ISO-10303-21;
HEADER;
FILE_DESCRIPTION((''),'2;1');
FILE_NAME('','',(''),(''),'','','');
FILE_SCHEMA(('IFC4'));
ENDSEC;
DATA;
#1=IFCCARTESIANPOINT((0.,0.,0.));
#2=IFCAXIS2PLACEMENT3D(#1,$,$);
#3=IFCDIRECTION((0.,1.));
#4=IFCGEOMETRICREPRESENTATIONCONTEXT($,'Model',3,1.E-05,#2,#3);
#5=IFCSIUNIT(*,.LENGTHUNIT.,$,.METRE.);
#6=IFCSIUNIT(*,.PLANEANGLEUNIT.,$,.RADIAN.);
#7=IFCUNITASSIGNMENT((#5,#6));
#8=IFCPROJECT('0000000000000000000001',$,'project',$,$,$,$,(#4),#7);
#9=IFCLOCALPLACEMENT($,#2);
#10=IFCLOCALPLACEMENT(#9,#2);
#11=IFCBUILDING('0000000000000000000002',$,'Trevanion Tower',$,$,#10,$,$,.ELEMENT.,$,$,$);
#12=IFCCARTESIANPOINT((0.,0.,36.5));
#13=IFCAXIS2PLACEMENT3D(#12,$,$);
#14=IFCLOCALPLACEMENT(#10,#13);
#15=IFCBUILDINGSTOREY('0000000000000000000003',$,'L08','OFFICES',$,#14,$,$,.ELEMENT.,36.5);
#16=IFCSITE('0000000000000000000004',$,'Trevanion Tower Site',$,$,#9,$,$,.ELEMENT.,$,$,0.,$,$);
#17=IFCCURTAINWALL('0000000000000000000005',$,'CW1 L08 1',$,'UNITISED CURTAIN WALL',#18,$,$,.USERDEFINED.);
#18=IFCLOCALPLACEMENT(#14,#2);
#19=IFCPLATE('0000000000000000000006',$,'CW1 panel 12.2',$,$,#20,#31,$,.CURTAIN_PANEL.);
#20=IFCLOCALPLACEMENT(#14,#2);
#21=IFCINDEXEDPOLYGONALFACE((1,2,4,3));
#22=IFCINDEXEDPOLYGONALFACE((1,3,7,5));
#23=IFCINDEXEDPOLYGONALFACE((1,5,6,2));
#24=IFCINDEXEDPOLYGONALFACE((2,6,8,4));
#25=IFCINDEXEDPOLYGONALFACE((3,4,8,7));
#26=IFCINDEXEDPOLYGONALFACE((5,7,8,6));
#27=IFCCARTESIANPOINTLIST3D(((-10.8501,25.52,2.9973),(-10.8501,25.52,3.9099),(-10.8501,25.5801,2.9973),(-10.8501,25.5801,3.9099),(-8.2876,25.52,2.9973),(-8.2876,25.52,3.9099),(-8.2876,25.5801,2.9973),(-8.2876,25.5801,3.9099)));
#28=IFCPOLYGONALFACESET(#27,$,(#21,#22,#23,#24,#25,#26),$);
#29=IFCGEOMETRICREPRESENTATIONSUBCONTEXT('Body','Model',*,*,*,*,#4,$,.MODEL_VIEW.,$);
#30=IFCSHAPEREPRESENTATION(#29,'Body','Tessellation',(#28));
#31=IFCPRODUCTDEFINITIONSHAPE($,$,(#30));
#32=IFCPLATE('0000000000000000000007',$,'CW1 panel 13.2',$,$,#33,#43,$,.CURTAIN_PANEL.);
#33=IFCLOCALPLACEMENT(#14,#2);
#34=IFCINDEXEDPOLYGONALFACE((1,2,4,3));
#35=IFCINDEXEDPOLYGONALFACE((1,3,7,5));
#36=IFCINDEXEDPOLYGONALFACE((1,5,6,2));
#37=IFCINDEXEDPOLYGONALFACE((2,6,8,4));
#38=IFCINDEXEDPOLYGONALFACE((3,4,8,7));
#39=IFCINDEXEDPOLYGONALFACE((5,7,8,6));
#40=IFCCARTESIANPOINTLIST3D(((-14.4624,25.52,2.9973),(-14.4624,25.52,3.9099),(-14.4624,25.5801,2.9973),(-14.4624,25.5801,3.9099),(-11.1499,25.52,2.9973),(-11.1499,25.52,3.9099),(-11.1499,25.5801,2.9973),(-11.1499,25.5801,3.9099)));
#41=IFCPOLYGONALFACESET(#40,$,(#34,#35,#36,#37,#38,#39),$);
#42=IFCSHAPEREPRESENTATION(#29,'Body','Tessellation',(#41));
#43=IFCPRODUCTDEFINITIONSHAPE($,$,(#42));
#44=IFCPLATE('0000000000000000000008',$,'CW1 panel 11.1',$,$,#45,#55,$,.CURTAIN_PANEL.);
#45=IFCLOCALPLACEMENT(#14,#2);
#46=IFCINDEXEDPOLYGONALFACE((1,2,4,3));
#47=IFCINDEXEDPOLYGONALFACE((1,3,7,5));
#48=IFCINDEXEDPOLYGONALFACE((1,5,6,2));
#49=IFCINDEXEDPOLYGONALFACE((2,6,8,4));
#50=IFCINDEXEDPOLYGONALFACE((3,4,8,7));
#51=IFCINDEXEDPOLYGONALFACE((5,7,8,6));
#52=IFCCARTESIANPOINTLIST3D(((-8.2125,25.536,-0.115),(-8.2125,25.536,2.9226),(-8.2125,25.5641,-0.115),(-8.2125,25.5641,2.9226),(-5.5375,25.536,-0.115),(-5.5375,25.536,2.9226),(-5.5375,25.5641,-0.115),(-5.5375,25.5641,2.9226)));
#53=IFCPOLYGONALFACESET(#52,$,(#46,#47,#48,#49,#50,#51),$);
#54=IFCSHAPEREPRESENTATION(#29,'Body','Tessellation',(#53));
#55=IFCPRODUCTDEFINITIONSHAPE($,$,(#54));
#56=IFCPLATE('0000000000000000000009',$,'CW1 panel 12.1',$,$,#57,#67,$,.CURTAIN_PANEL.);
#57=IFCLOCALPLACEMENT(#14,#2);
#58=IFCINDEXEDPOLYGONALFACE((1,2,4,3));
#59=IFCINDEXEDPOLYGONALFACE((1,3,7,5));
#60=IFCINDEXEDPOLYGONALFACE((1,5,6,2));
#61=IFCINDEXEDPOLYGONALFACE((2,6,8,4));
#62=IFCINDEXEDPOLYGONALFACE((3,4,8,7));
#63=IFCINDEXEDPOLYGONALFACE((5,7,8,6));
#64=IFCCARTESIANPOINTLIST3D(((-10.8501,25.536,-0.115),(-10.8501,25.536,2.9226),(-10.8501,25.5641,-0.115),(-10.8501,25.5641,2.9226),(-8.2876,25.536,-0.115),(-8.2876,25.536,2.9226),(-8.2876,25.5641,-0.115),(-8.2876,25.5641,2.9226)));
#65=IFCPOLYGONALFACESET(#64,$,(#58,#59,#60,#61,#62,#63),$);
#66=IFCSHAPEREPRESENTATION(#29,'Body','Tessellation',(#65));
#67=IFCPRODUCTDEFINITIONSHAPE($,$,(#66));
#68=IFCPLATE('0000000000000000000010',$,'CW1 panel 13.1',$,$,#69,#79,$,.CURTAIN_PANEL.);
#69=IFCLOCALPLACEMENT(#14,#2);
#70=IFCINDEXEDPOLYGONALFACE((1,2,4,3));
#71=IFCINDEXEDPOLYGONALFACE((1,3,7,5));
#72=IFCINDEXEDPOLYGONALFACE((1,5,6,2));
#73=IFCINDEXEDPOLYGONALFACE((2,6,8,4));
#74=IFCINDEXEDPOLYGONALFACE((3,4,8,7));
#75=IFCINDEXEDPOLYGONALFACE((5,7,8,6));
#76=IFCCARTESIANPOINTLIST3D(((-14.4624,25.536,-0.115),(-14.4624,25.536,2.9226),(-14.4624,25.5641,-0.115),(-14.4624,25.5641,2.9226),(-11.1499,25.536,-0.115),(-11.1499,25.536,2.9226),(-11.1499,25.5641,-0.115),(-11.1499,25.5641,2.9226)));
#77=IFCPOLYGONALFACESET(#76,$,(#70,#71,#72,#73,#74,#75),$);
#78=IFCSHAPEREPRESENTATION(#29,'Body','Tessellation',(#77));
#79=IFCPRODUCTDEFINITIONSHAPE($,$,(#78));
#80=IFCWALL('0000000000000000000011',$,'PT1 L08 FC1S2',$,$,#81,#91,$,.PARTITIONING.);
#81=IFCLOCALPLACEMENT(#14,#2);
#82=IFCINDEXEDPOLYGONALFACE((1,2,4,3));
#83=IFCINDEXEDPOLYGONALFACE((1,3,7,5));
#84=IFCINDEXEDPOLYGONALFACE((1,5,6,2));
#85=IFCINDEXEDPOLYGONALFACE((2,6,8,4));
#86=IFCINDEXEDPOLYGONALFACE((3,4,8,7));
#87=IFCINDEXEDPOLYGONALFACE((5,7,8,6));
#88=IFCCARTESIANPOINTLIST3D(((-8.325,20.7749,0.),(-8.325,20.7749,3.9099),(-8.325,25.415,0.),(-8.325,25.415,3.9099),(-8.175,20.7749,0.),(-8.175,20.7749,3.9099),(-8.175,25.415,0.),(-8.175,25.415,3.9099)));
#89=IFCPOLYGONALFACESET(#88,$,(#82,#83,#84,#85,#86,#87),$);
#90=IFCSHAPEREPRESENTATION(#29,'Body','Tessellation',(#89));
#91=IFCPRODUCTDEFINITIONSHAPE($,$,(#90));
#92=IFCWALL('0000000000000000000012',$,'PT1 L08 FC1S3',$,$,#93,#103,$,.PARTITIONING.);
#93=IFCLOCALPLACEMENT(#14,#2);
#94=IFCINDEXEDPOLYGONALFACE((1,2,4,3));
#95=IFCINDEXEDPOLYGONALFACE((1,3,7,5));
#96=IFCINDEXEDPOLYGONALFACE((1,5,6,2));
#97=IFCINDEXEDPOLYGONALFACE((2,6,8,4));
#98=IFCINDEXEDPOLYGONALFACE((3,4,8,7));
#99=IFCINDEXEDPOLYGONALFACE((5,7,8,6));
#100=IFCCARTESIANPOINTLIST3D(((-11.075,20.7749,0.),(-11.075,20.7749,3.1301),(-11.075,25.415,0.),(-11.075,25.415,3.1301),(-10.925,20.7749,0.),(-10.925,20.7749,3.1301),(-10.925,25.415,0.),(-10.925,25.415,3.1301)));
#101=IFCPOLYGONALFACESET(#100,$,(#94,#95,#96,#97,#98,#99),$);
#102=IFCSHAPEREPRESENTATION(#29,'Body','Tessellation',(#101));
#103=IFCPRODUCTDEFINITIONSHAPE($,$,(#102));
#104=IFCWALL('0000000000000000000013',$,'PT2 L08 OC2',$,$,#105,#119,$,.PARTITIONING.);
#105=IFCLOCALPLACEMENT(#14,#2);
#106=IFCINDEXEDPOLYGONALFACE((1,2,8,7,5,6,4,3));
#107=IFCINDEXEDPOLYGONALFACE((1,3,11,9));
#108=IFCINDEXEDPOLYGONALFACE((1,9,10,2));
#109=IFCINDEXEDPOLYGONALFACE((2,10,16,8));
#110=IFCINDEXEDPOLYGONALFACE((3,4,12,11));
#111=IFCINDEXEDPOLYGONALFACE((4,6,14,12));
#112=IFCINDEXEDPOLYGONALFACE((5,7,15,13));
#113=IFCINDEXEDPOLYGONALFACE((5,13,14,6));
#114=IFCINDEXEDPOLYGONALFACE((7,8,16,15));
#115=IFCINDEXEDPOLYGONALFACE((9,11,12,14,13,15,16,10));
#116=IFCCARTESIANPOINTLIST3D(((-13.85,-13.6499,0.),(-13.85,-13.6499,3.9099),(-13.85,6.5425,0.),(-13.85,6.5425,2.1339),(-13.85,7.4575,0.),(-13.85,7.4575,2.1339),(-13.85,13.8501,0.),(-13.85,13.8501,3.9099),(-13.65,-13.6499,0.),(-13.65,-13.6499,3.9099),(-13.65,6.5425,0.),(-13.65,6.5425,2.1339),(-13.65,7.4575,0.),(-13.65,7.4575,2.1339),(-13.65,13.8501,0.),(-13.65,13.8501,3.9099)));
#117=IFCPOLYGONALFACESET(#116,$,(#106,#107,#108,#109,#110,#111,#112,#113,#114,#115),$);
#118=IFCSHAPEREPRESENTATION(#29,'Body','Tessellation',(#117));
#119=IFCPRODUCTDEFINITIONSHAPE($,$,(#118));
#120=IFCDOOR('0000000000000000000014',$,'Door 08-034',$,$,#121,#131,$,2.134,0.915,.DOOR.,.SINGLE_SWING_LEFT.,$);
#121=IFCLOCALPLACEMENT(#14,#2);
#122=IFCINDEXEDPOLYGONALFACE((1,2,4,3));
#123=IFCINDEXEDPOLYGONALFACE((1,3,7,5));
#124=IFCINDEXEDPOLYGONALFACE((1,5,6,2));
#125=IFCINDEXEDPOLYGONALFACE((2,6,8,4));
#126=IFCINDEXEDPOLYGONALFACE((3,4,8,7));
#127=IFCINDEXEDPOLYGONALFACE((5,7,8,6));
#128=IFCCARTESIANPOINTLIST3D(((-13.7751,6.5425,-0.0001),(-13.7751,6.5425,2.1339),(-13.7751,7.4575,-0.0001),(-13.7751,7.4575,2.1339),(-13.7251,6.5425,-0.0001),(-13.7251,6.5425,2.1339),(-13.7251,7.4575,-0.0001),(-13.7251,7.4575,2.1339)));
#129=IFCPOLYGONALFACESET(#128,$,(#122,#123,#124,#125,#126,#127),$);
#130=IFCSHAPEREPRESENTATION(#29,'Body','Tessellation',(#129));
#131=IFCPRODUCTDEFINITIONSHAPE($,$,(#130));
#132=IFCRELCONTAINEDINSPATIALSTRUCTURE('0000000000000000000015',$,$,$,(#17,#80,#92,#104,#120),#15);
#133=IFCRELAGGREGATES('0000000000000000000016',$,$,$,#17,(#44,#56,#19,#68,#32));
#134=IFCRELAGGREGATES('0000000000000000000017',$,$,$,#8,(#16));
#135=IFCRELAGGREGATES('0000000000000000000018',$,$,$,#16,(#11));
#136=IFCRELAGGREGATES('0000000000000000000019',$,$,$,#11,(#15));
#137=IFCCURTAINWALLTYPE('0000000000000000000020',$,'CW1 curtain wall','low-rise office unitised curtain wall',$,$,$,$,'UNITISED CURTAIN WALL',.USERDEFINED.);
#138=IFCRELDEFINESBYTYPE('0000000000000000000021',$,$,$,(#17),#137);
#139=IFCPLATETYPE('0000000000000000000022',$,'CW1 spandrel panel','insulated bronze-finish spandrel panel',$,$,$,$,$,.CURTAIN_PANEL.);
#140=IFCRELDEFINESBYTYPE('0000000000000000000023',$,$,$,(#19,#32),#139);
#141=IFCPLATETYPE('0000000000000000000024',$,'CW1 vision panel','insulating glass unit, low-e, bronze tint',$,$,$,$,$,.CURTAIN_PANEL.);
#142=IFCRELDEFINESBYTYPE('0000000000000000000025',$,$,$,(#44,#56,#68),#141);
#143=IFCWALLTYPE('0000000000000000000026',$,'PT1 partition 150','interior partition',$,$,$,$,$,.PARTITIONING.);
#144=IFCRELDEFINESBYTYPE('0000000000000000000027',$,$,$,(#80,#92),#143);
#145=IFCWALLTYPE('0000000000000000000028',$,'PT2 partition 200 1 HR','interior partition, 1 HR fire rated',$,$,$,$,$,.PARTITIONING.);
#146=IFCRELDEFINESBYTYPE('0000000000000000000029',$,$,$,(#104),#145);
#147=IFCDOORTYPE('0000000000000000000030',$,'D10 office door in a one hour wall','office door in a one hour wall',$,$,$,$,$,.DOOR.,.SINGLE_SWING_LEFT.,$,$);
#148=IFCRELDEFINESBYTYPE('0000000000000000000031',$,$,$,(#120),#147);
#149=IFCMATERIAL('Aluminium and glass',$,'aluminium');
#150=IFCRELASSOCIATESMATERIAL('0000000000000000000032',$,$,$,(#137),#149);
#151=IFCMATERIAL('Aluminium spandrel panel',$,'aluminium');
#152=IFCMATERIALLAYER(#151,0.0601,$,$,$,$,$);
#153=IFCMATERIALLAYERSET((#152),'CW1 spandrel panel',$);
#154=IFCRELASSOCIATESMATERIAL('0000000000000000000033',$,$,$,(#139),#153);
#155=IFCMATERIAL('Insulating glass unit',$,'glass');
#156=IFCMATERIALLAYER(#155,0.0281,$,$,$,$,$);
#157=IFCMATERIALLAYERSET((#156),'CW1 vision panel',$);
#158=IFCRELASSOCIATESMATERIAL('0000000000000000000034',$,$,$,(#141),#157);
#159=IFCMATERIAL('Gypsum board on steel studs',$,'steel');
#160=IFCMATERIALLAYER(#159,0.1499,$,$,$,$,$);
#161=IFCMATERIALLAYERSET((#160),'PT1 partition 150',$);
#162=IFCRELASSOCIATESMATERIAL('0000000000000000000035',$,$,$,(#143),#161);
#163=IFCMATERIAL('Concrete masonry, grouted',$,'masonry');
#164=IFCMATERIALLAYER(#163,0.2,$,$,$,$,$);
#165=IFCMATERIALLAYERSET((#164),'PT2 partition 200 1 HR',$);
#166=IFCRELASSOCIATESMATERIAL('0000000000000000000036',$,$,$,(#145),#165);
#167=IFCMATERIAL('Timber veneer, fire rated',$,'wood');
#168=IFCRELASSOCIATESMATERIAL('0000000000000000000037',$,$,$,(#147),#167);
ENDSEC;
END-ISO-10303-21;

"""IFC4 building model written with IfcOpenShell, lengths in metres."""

from ifc_helpers import new_model, si_unit, direction, frame, frame_2d, origin, origin_2d, place, context, subcontext, project, spatial, rectangle, extrude, material, layer, layer_set, type_object, element, fill, aggregate, save


model = new_model("IFC4")

# Units and contexts
model_context = context("Model", 3, precision=1e-05, world=origin(), true_north=direction((0.0, 1.0)))
body_context = subcontext(model_context, "Body", "Model", "MODEL_VIEW")
ifc_project = project(units=[si_unit("LENGTHUNIT", "METRE"), si_unit("PLANEANGLEUNIT", "RADIAN")], contexts=[model_context])

# Site, building, storey
site_placement = place(None, origin())
site = spatial("IfcSite", under=ifc_project, at=site_placement, Name="Trevanion Tower Site", CompositionType="ELEMENT", RefElevation=0.0)
building_placement = place(site_placement, origin())
building = spatial("IfcBuilding", under=site, at=building_placement, Name="Trevanion Tower", CompositionType="ELEMENT")
storey_placement = place(building_placement, frame((0.0, 0.0, 36.5)))
storey = spatial("IfcBuildingStorey", under=building, at=storey_placement, Name="L08", Description="OFFICES", CompositionType="ELEMENT", Elevation=36.5)

# Curtain wall
ifc_material_1 = material(Name="Aluminium and glass", Category="aluminium")
curtain_wall_type = type_object("IfcCurtainWallType", Name="CW1 curtain wall", Description="low-rise office unitised curtain wall", ElementType="UNITISED CURTAIN WALL", PredefinedType="USERDEFINED", material=ifc_material_1)
curtain_wall_placement = place(storey_placement, origin())
curtain_wall = element("IfcCurtainWall", 1, at=curtain_wall_placement, inside=storey, type_object=curtain_wall_type, Name="CW1 L08 1", ObjectType="UNITISED CURTAIN WALL", PredefinedType="USERDEFINED")

# Plates
ifc_material_2 = material(Name="Aluminium spandrel panel", Category="aluminium")
ifc_layer_1 = layer(ifc_material_2, 0.0601)
ifc_layer_set_1 = layer_set([ifc_layer_1], Name="CW1 spandrel panel")
plate_type_1 = type_object("IfcPlateType", Name="CW1 spandrel panel", Description="insulated bronze-finish spandrel panel", PredefinedType="CURTAIN_PANEL", material=ifc_layer_set_1)
plate_1_placement = place(storey_placement, frame((-9.5688, 25.55, 2.9973), z_axis=(0.0, 0.0, 1.0), x_axis=(-1.0, 0.0, 0.0)))
plate_1 = element("IfcPlate", 2, at=plate_1_placement, type_object=plate_type_1, Name="CW1 panel 12.2", PredefinedType="CURTAIN_PANEL", context=body_context, shape_type="SweptSolid", body=[
    extrude(rectangle(XDim=2.5625, YDim=0.0601, at=origin_2d()), origin(), (0.0, 0.0, 1.0), 0.9126),
])
plate_2_placement = place(storey_placement, frame((-12.8062, 25.55, 2.9973), z_axis=(0.0, 0.0, 1.0), x_axis=(-1.0, 0.0, 0.0)))
plate_2 = element("IfcPlate", 3, at=plate_2_placement, type_object=plate_type_1, Name="CW1 panel 13.2", PredefinedType="CURTAIN_PANEL", context=body_context, shape_type="SweptSolid", body=[
    extrude(rectangle(XDim=3.3125, YDim=0.0601, at=origin_2d()), origin(), (0.0, 0.0, 1.0), 0.9126),
])
ifc_material_3 = material(Name="Insulating glass unit", Category="glass")
ifc_layer_2 = layer(ifc_material_3, 0.0281)
ifc_layer_set_2 = layer_set([ifc_layer_2], Name="CW1 vision panel")
plate_type_2 = type_object("IfcPlateType", Name="CW1 vision panel", Description="insulating glass unit, low-e, bronze tint", PredefinedType="CURTAIN_PANEL", material=ifc_layer_set_2)
plate_3_placement = place(storey_placement, frame((-6.875, 25.55, -0.115), z_axis=(0.0, 0.0, 1.0), x_axis=(-1.0, 0.0, 0.0)))
plate_3 = element("IfcPlate", 4, at=plate_3_placement, type_object=plate_type_2, Name="CW1 panel 11.1", PredefinedType="CURTAIN_PANEL", context=body_context, shape_type="SweptSolid", body=[
    extrude(rectangle(XDim=2.675, YDim=0.0281, at=origin_2d()), origin(), (0.0, 0.0, 1.0), 3.0376),
])
plate_4_placement = place(storey_placement, frame((-9.5688, 25.55, -0.115), z_axis=(0.0, 0.0, 1.0), x_axis=(-1.0, 0.0, 0.0)))
plate_4 = element("IfcPlate", 5, at=plate_4_placement, type_object=plate_type_2, Name="CW1 panel 12.1", PredefinedType="CURTAIN_PANEL", context=body_context, shape_type="SweptSolid", body=[
    extrude(rectangle(XDim=2.5625, YDim=0.0281, at=origin_2d()), origin(), (0.0, 0.0, 1.0), 3.0376),
])
plate_5_placement = place(storey_placement, frame((-12.8062, 25.55, -0.115), z_axis=(0.0, 0.0, 1.0), x_axis=(-1.0, 0.0, 0.0)))
plate_5 = element("IfcPlate", 6, at=plate_5_placement, type_object=plate_type_2, Name="CW1 panel 13.1", PredefinedType="CURTAIN_PANEL", context=body_context, shape_type="SweptSolid", body=[
    extrude(rectangle(XDim=3.3125, YDim=0.0281, at=origin_2d()), origin(), (0.0, 0.0, 1.0), 3.0376),
])
aggregate(curtain_wall, [plate_3, plate_4, plate_1, plate_5, plate_2])

# Walls
ifc_material_4 = material(Name="Gypsum board on steel studs", Category="steel")
ifc_layer_3 = layer(ifc_material_4, 0.1499)
ifc_layer_set_3 = layer_set([ifc_layer_3], Name="PT1 partition 150")
wall_type_1 = type_object("IfcWallType", Name="PT1 partition 150", Description="interior partition", PredefinedType="PARTITIONING", material=ifc_layer_set_3)
wall_1_placement = place(storey_placement, frame((-8.25, 20.7749, 0.0), z_axis=(0.0, 0.0, 1.0), x_axis=(0.0, 1.0, 0.0)))
element("IfcWall", 7, at=wall_1_placement, inside=storey, type_object=wall_type_1, Name="PT1 L08 FC1S2", PredefinedType="PARTITIONING", context=body_context, shape_type="SweptSolid", body=[
    extrude(rectangle(XDim=4.6401, YDim=0.1499, at=frame_2d((2.3201, 0.0))), origin(), (0.0, 0.0, 1.0), 3.9099),
])
wall_2_placement = place(storey_placement, frame((-11.0, 20.7749, 0.0), z_axis=(0.0, 0.0, 1.0), x_axis=(0.0, 1.0, 0.0)))
element("IfcWall", 8, at=wall_2_placement, inside=storey, type_object=wall_type_1, Name="PT1 L08 FC1S3", PredefinedType="PARTITIONING", context=body_context, shape_type="SweptSolid", body=[
    extrude(rectangle(XDim=4.6401, YDim=0.1499, at=frame_2d((2.3201, 0.0))), origin(), (0.0, 0.0, 1.0), 3.1301),
])

# Wall, opening, door
ifc_material_5 = material(Name="Concrete masonry, grouted", Category="masonry")
ifc_layer_4 = layer(ifc_material_5, 0.2)
ifc_layer_set_4 = layer_set([ifc_layer_4], Name="PT2 partition 200 1 HR")
wall_type_2 = type_object("IfcWallType", Name="PT2 partition 200 1 HR", Description="interior partition, 1 HR fire rated", PredefinedType="PARTITIONING", material=ifc_layer_set_4)
wall_3_placement = place(storey_placement, frame((-13.75, 13.8501, 0.0), z_axis=(0.0, 0.0, 1.0), x_axis=(0.0, -1.0, 0.0)))
wall_3 = element("IfcWall", 9, at=wall_3_placement, inside=storey, type_object=wall_type_2, Name="PT2 L08 OC2", PredefinedType="PARTITIONING", context=body_context, shape_type="SweptSolid", body=[
    extrude(rectangle(XDim=27.5, YDim=0.2, at=frame_2d((13.75, 0.0))), origin(), (0.0, 0.0, 1.0), 3.9099),
])
opening_placement = place(wall_3_placement, frame((6.3926, 0.0, 0.0)))
opening = element("IfcOpeningElement", 10, at=opening_placement, cuts=wall_3, PredefinedType="OPENING", context=body_context, shape_type="SweptSolid", body=[
    extrude(rectangle(XDim=0.915, YDim=2.134, at=frame_2d((0.4575, 1.0669))), frame((0.0, 0.1099, 0.0), z_axis=(0.0, -1.0, 0.0), x_axis=(1.0, 0.0, 0.0)), (0.0, 0.0, 1.0), 0.22),
])
ifc_material_6 = material(Name="Timber veneer, fire rated", Category="wood")
door_type = type_object("IfcDoorType", Name="D10 office door in a one hour wall", Description="office door in a one hour wall", OperationType="SINGLE_SWING_LEFT", PredefinedType="DOOR", material=ifc_material_6)
door_placement = place(opening_placement, origin())
door = element("IfcDoor", 11, at=door_placement, inside=storey, type_object=door_type, Name="Door 08-034", OperationType="SINGLE_SWING_LEFT", OverallHeight=2.134, OverallWidth=0.915, PredefinedType="DOOR", context=body_context, shape_type="SweptSolid", body=[
    extrude(rectangle(XDim=0.915, YDim=2.134, at=frame_2d((0.4575, 1.0669))), frame((0.0, 0.0249, 0.0), z_axis=(0.0, -1.0, 0.0), x_axis=(1.0, 0.0, 0.0)), (0.0, 0.0, 1.0), 0.05),
])
fill(opening, door)

save(model, "model.ifc")
